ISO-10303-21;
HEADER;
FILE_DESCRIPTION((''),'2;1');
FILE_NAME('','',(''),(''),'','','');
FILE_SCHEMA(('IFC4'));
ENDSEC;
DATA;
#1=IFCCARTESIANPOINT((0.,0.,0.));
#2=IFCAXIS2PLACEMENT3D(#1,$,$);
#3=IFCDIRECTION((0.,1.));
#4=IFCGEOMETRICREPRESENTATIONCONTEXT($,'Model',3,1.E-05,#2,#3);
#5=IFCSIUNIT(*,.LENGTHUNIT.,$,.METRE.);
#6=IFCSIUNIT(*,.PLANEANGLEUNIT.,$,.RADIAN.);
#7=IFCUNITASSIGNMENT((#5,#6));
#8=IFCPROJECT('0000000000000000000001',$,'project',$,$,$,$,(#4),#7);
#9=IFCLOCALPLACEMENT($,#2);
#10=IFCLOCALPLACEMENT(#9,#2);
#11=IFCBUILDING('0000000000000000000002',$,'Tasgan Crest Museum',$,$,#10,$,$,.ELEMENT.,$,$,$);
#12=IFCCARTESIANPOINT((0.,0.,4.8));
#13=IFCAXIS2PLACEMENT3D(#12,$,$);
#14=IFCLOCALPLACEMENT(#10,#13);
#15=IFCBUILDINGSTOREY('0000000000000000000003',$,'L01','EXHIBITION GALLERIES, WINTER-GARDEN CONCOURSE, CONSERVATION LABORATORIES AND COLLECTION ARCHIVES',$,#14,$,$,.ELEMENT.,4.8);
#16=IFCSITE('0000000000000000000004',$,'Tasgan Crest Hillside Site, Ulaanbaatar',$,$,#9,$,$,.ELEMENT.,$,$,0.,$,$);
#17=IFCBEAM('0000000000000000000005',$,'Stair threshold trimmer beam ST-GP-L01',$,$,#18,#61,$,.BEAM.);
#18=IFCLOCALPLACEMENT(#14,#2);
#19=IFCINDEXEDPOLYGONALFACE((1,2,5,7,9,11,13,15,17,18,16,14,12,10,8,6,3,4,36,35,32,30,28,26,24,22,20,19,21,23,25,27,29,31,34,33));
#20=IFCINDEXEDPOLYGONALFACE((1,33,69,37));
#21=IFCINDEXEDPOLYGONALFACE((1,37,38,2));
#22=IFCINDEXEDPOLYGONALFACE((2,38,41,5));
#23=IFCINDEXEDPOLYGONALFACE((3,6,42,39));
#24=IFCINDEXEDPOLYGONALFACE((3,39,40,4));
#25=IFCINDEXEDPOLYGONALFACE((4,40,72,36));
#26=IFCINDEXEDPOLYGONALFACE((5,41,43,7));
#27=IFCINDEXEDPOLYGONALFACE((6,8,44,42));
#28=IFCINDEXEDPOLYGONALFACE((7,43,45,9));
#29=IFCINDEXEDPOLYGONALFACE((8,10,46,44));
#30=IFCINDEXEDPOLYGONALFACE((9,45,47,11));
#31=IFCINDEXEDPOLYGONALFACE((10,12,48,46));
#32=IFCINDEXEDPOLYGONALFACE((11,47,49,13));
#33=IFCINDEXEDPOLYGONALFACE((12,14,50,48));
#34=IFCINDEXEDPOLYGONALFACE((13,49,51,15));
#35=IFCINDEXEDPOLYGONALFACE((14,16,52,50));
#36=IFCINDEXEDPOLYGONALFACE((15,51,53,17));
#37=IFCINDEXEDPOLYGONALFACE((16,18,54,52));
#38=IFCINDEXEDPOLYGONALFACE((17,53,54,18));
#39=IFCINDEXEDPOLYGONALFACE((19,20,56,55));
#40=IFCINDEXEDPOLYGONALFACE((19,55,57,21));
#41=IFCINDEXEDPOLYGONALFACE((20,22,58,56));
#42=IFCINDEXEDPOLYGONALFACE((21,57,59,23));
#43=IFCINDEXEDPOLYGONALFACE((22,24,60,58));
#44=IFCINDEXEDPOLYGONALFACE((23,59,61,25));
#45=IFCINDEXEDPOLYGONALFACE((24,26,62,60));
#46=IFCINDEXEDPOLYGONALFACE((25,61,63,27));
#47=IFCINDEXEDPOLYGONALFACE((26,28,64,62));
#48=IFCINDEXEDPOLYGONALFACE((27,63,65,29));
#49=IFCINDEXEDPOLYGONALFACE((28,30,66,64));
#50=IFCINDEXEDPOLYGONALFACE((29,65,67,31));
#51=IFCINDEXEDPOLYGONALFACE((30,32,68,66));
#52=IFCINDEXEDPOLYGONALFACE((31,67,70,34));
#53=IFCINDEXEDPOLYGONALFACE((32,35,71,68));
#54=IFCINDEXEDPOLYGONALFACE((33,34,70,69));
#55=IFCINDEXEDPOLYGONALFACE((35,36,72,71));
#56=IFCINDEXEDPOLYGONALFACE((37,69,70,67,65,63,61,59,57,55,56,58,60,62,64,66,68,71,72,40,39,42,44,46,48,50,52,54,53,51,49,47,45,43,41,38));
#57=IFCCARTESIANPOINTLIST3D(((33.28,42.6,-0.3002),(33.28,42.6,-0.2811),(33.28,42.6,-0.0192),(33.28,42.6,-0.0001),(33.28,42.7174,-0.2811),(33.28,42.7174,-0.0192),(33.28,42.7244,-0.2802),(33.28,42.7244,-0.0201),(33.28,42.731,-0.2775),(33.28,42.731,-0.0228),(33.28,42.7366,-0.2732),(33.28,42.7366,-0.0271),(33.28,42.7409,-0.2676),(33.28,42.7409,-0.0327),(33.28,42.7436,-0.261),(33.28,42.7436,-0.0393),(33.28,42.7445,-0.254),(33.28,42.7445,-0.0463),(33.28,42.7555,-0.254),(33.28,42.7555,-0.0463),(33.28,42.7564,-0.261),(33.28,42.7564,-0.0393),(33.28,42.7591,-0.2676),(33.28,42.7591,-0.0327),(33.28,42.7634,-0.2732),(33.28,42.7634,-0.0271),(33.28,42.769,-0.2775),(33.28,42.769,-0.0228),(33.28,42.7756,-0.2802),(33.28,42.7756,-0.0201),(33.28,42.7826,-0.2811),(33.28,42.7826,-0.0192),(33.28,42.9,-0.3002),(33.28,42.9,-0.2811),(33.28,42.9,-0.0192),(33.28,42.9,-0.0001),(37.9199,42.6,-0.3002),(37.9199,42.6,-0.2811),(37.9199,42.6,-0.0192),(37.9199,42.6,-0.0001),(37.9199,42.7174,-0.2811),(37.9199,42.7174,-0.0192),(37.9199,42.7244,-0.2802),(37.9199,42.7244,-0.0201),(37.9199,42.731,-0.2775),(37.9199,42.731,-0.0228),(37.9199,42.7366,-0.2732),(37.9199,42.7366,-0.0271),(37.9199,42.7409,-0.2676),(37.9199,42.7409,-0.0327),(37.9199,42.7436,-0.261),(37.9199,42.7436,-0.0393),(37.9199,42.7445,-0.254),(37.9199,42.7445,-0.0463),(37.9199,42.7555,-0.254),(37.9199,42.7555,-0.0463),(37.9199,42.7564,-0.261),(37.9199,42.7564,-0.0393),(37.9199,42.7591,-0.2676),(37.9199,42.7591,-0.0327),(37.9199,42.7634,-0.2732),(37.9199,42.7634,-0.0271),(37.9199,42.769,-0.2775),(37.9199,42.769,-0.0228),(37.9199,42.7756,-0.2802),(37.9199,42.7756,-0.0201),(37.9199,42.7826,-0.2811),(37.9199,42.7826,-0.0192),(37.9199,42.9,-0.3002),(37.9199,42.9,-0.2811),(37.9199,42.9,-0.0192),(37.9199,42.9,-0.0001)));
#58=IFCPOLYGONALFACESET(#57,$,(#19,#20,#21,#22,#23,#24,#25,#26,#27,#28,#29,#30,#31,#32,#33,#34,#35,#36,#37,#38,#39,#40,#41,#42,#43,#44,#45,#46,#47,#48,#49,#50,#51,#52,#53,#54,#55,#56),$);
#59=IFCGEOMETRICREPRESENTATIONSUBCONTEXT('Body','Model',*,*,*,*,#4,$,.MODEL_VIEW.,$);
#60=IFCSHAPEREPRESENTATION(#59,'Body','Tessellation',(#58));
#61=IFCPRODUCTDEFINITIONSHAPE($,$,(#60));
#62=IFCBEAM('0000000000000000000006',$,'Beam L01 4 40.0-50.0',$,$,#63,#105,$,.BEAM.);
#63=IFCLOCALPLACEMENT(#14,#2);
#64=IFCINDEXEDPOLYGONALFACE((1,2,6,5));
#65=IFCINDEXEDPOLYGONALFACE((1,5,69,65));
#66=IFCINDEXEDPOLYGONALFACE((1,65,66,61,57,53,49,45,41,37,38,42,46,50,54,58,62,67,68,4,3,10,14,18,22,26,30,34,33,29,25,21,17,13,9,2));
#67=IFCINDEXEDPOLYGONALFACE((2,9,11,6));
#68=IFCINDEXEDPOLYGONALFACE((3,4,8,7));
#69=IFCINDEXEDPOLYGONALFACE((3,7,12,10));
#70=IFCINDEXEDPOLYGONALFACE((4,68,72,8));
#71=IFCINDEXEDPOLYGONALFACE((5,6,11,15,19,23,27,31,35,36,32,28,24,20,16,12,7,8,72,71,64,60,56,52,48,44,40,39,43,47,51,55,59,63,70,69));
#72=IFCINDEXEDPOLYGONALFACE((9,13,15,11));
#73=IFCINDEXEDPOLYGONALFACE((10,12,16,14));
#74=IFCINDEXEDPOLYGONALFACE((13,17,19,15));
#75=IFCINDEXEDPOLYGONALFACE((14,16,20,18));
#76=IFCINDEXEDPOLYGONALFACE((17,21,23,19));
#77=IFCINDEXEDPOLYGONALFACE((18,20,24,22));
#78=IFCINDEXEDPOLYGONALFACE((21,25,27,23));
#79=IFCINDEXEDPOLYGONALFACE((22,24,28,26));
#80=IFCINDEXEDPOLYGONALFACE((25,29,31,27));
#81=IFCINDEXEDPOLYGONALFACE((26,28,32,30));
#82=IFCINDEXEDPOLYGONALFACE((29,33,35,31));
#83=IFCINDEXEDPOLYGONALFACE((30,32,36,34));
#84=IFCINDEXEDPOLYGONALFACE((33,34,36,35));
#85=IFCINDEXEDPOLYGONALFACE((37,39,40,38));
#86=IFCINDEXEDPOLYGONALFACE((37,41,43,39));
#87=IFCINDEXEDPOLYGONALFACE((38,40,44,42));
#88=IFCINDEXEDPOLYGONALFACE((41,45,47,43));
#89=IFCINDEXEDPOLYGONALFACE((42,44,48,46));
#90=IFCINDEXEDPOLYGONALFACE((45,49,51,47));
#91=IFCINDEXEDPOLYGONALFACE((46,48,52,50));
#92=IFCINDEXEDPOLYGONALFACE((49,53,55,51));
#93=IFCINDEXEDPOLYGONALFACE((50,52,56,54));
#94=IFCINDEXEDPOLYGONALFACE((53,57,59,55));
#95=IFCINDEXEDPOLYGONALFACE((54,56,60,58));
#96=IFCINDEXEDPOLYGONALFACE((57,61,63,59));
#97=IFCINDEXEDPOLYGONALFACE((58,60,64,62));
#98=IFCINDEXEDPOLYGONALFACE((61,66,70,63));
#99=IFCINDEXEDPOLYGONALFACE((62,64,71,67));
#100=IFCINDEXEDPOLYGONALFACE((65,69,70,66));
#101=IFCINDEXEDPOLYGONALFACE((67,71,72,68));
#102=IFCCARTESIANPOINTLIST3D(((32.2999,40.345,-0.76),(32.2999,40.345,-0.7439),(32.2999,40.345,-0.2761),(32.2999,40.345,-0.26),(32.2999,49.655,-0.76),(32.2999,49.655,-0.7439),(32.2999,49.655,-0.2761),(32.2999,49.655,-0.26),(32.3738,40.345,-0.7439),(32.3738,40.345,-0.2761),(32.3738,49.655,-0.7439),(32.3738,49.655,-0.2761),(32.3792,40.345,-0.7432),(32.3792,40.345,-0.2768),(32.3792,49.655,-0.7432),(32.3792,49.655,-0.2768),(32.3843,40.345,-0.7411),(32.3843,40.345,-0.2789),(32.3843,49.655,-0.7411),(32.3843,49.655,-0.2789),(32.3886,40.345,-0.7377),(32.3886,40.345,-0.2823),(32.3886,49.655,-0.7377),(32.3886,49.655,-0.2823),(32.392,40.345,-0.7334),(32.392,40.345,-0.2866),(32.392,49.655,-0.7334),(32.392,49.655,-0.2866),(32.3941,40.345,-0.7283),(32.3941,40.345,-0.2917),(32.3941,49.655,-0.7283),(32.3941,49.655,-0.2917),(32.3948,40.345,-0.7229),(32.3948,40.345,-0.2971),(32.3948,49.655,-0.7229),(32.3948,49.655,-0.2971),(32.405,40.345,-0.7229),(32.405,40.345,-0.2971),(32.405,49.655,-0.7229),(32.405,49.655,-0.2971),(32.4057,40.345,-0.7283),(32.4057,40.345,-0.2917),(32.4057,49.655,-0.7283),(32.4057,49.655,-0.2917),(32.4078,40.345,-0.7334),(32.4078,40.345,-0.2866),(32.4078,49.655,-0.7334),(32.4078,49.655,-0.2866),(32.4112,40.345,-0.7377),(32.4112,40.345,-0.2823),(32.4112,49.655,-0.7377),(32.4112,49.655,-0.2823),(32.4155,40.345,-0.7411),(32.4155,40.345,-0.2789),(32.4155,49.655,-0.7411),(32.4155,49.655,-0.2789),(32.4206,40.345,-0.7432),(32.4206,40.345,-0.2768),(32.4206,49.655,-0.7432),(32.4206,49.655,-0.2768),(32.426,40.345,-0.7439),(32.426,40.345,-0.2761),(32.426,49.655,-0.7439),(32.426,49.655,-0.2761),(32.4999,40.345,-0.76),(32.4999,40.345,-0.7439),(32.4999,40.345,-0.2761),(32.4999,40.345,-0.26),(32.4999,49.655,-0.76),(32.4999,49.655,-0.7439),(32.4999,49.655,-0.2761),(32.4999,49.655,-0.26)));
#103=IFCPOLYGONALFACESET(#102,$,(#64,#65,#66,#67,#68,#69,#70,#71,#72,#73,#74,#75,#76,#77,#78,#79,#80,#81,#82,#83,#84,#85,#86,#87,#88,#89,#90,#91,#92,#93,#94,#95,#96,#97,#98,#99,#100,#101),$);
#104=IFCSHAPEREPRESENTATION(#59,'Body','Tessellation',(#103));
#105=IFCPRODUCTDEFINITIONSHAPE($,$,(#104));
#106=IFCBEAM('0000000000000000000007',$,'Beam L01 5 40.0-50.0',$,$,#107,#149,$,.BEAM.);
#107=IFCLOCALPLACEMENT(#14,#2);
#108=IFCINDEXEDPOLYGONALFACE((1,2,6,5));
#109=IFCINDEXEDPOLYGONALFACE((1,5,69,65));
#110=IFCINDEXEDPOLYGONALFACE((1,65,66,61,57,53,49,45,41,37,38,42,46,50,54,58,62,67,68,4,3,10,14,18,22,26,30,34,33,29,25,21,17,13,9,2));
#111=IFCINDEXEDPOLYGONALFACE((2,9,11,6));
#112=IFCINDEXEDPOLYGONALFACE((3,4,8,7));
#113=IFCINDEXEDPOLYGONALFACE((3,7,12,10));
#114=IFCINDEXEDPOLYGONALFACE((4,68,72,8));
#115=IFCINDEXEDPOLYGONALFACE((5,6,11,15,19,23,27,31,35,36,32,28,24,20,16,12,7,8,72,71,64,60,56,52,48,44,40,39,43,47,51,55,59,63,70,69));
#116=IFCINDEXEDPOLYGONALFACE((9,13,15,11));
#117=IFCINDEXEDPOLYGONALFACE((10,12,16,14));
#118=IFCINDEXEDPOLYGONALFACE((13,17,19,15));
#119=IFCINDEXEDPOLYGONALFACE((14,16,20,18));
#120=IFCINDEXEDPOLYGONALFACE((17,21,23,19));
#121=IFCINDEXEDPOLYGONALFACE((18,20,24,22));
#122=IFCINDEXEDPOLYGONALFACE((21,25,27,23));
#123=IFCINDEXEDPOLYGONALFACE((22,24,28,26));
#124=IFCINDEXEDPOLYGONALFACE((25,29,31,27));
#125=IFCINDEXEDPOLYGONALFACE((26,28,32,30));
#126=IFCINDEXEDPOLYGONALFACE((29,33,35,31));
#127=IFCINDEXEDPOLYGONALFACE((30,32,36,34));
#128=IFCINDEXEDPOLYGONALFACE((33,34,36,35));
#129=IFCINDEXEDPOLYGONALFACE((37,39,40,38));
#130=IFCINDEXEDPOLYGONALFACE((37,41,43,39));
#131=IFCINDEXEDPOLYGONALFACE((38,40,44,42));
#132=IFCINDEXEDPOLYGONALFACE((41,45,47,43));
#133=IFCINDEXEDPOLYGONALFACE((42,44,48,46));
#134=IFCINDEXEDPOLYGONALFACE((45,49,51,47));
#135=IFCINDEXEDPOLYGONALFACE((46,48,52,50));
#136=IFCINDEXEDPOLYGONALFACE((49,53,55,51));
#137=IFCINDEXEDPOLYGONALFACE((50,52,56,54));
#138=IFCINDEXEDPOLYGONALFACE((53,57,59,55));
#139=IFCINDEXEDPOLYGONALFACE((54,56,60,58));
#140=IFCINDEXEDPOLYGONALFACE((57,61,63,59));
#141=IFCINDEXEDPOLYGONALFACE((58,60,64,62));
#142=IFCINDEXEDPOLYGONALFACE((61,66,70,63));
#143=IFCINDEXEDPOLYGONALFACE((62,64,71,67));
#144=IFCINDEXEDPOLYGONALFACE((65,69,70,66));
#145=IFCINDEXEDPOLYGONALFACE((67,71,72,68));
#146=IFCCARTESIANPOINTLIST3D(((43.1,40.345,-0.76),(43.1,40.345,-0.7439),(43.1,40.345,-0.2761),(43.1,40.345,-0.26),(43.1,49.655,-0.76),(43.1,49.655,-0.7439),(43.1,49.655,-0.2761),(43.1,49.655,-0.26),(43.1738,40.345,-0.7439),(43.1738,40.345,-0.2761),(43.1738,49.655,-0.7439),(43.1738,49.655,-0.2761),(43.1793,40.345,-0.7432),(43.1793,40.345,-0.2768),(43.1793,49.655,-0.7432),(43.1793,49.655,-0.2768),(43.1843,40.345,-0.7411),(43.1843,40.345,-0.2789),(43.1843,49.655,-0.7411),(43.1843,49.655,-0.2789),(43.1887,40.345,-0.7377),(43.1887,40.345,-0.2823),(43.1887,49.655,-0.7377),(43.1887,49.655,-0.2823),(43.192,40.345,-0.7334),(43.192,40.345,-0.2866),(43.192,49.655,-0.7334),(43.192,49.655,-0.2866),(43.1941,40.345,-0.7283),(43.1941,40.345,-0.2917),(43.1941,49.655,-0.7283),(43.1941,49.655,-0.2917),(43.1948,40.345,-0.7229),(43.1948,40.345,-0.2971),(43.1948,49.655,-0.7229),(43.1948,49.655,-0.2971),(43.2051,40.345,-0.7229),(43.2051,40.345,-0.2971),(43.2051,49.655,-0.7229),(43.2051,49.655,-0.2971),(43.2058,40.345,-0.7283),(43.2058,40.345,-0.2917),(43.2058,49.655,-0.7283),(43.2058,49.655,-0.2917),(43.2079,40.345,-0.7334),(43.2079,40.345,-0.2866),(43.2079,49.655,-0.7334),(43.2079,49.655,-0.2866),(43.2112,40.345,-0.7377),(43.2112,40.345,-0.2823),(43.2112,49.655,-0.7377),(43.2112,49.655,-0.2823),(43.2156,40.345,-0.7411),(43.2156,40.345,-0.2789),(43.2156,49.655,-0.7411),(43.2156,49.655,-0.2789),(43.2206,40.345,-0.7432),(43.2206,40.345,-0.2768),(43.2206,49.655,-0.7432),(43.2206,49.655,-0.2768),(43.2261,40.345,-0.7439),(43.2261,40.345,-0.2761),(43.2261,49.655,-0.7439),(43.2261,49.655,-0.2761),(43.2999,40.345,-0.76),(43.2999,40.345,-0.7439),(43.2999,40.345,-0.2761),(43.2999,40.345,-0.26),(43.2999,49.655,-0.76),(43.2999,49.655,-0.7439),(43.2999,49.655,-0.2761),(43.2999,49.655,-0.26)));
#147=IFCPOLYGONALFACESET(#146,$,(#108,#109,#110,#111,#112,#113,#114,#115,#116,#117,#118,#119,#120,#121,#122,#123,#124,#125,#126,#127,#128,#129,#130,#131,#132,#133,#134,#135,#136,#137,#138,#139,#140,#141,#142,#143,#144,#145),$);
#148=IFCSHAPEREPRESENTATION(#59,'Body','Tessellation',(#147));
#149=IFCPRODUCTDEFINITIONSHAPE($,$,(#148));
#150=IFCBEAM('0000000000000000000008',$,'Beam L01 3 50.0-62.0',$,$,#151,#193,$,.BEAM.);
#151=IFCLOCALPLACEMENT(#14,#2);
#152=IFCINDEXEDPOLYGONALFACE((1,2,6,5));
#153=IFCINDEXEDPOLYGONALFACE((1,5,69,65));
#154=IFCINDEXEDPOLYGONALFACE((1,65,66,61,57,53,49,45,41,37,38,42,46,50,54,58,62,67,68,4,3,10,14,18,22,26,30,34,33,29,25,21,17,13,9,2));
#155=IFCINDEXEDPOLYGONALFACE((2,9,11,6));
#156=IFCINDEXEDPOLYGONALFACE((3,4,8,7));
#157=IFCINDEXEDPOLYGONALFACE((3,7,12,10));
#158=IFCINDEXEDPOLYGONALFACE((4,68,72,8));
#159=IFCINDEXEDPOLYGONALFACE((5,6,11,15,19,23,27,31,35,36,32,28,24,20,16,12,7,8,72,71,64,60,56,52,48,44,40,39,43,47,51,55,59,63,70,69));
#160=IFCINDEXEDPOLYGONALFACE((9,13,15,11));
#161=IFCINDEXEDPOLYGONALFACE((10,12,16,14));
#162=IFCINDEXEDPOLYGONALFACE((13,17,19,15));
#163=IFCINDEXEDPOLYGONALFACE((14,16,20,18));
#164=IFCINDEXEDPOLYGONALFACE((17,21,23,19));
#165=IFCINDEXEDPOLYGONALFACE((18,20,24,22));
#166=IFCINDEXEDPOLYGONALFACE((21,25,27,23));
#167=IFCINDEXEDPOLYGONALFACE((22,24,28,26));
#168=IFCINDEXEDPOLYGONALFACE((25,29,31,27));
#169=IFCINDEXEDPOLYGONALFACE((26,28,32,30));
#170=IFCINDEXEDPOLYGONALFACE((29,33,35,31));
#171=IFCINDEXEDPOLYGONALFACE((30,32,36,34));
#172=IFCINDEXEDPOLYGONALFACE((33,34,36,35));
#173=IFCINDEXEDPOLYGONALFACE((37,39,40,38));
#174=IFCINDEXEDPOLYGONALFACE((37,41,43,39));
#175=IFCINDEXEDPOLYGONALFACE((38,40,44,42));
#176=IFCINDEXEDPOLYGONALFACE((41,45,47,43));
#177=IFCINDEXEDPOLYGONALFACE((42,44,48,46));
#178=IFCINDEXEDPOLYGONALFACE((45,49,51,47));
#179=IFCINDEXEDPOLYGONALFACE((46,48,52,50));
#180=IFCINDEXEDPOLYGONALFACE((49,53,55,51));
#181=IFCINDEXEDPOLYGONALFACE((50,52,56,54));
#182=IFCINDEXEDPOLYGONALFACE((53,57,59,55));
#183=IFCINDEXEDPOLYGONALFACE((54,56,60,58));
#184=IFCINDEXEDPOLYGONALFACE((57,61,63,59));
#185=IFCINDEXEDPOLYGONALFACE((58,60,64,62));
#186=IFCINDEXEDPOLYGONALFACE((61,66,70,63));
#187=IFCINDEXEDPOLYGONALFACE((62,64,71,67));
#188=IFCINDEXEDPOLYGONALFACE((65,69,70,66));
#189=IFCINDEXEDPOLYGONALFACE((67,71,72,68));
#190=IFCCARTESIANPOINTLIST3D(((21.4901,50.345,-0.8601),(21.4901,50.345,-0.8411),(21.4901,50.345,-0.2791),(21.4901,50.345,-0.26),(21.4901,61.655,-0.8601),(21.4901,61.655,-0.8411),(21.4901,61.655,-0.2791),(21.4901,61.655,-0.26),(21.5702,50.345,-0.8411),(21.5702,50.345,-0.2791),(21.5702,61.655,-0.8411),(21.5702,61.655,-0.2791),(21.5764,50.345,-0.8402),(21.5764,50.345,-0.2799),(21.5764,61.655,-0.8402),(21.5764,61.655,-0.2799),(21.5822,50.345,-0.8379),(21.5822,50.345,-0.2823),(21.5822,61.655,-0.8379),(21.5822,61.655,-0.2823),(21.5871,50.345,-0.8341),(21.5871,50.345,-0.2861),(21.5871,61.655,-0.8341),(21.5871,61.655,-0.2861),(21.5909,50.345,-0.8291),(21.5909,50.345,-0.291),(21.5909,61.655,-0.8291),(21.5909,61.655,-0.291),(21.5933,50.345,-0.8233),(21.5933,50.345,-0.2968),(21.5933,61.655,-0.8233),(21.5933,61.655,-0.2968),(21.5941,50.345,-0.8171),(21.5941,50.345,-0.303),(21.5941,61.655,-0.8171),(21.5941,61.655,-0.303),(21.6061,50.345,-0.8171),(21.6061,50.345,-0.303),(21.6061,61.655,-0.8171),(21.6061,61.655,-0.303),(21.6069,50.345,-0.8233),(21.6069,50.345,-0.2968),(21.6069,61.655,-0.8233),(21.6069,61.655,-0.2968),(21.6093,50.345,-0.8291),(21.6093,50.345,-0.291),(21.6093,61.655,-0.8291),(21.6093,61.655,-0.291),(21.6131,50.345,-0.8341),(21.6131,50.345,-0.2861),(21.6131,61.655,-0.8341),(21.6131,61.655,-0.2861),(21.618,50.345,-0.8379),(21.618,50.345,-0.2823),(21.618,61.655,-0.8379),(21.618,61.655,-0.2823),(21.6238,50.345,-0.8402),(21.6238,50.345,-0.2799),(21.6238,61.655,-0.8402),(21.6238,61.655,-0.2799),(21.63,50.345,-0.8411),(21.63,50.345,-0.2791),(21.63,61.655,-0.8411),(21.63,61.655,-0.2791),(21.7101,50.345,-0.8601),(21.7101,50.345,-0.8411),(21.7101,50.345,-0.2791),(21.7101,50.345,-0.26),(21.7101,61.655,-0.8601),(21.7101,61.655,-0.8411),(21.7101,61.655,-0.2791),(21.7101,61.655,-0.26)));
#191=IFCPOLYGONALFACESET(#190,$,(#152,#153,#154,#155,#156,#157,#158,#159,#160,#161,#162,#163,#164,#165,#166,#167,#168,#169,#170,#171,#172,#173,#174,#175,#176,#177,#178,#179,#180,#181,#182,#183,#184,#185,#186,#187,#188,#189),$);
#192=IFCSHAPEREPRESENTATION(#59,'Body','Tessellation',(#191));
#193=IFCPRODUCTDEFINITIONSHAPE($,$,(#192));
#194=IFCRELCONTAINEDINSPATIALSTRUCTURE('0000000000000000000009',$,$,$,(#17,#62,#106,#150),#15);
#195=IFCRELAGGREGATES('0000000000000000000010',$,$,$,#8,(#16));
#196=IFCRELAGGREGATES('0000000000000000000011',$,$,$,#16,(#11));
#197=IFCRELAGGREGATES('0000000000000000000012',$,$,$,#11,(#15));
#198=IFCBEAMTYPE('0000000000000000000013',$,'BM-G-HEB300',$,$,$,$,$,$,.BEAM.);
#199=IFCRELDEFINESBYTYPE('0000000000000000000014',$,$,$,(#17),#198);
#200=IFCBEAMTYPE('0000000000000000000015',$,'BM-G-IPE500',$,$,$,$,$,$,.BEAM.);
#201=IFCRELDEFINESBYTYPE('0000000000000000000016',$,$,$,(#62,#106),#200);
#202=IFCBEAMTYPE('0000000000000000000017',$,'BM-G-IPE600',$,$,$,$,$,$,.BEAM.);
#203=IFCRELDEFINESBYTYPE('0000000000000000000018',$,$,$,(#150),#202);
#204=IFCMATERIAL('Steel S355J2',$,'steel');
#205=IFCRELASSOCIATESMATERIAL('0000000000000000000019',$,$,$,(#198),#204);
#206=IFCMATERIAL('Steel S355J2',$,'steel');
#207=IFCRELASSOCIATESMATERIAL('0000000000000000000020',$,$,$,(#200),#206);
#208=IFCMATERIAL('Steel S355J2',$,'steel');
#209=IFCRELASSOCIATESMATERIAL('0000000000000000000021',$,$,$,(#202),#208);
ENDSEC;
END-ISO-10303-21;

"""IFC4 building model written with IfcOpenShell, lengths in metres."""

from ifc_helpers import new_model, si_unit, direction, frame, origin, origin_2d, place, context, subcontext, project, spatial, i_section, extrude, material, material_profile, profile_set, type_object, element, save


model = new_model("IFC4")

# Units and contexts
model_context = context("Model", 3, precision=1e-05, world=origin(), true_north=direction((0.0, 1.0)))
body_context = subcontext(model_context, "Body", "Model", "MODEL_VIEW")
ifc_project = project(units=[si_unit("LENGTHUNIT", "METRE"), si_unit("PLANEANGLEUNIT", "RADIAN")], contexts=[model_context])

# Site, building, storey
site_placement = place(None, origin())
site = spatial("IfcSite", under=ifc_project, at=site_placement, Name="Tasgan Crest Hillside Site, Ulaanbaatar", CompositionType="ELEMENT", RefElevation=0.0)
building_placement = place(site_placement, origin())
building = spatial("IfcBuilding", under=site, at=building_placement, Name="Tasgan Crest Museum", CompositionType="ELEMENT")
storey_placement = place(building_placement, frame((0.0, 0.0, 4.8)))
storey = spatial("IfcBuildingStorey", under=building, at=storey_placement, Name="L01", Description="EXHIBITION GALLERIES, WINTER-GARDEN CONCOURSE, CONSERVATION LABORATORIES AND COLLECTION ARCHIVES", CompositionType="ELEMENT", Elevation=4.8)

# Beams
ifc_material_1 = material(Name="Steel S355J2", Category="steel")
ifc_material_profile_1 = material_profile(ifc_material_1, i_section(OverallWidth=0.3, OverallDepth=0.3, WebThickness=0.011, FlangeThickness=0.019, FilletRadius=0.0271, at=origin_2d()), Name="HEB 300")
ifc_profile_set_1 = profile_set([ifc_material_profile_1], Name="Steel S355J2")
beam_type_1 = type_object("IfcBeamType", Name="BM-G-HEB300", PredefinedType="BEAM", material=ifc_profile_set_1)
beam_1_placement = place(storey_placement, frame((33.28, 42.75, -0.1501), z_axis=(1.0, 0.0, 0.0), x_axis=(0.0, 1.0, 0.0)))
element("IfcBeam", 1, at=beam_1_placement, inside=storey, type_object=beam_type_1, Name="Stair threshold trimmer beam ST-GP-L01", PredefinedType="BEAM", context=body_context, shape_type="SweptSolid", body=[
    extrude(i_section(OverallWidth=0.3, OverallDepth=0.3, WebThickness=0.011, FlangeThickness=0.019, FilletRadius=0.0271, at=origin_2d()), origin(), (0.0, 0.0, 1.0), 4.6399),
])
ifc_material_2 = material(Name="Steel S355J2", Category="steel")
ifc_material_profile_2 = material_profile(ifc_material_2, i_section(OverallWidth=0.2, OverallDepth=0.5, WebThickness=0.0103, FlangeThickness=0.0161, FilletRadius=0.021, at=origin_2d()), Name="IPE 500")
ifc_profile_set_2 = profile_set([ifc_material_profile_2], Name="Steel S355J2")
beam_type_2 = type_object("IfcBeamType", Name="BM-G-IPE500", PredefinedType="BEAM", material=ifc_profile_set_2)
for number, where, z_axis, x_axis, name in (
    (2, (32.3999, 40.345, -0.51), (0.0, 1.0, 0.0), (-1.0, 0.0, 0.0), "Beam L01 4 40.0-50.0"),
    (3, (43.2, 40.345, -0.51), (0.0, 1.0, 0.0), (-1.0, 0.0, 0.0), "Beam L01 5 40.0-50.0"),
):
    element("IfcBeam", number, at=place(storey_placement, frame(where, z_axis=z_axis, x_axis=x_axis)), inside=storey, type_object=beam_type_2, Name=name, PredefinedType="BEAM", context=body_context, shape_type="SweptSolid", body=[
        extrude(i_section(OverallWidth=0.2, OverallDepth=0.5, WebThickness=0.0103, FlangeThickness=0.0161, FilletRadius=0.021, at=origin_2d()), origin(), (0.0, 0.0, 1.0), 9.3101),
    ])
ifc_material_3 = material(Name="Steel S355J2", Category="steel")
ifc_material_profile_3 = material_profile(ifc_material_3, i_section(OverallWidth=0.22, OverallDepth=0.6001, WebThickness=0.012, FlangeThickness=0.019, FilletRadius=0.0239, at=origin_2d()), Name="IPE 600")
ifc_profile_set_3 = profile_set([ifc_material_profile_3], Name="Steel S355J2")
beam_type_3 = type_object("IfcBeamType", Name="BM-G-IPE600", PredefinedType="BEAM", material=ifc_profile_set_3)
for number, where, z_axis, x_axis, name in (
    (4, (21.6001, 50.345, -0.5601), (0.0, 1.0, 0.0), (-1.0, 0.0, 0.0), "Beam L01 3 50.0-62.0"),
):
    element("IfcBeam", number, at=place(storey_placement, frame(where, z_axis=z_axis, x_axis=x_axis)), inside=storey, type_object=beam_type_3, Name=name, PredefinedType="BEAM", context=body_context, shape_type="SweptSolid", body=[
        extrude(i_section(OverallWidth=0.22, OverallDepth=0.6001, WebThickness=0.012, FlangeThickness=0.019, FilletRadius=0.0239, at=origin_2d()), origin(), (0.0, 0.0, 1.0), 11.3101),
    ])

save(model, "model.ifc")
